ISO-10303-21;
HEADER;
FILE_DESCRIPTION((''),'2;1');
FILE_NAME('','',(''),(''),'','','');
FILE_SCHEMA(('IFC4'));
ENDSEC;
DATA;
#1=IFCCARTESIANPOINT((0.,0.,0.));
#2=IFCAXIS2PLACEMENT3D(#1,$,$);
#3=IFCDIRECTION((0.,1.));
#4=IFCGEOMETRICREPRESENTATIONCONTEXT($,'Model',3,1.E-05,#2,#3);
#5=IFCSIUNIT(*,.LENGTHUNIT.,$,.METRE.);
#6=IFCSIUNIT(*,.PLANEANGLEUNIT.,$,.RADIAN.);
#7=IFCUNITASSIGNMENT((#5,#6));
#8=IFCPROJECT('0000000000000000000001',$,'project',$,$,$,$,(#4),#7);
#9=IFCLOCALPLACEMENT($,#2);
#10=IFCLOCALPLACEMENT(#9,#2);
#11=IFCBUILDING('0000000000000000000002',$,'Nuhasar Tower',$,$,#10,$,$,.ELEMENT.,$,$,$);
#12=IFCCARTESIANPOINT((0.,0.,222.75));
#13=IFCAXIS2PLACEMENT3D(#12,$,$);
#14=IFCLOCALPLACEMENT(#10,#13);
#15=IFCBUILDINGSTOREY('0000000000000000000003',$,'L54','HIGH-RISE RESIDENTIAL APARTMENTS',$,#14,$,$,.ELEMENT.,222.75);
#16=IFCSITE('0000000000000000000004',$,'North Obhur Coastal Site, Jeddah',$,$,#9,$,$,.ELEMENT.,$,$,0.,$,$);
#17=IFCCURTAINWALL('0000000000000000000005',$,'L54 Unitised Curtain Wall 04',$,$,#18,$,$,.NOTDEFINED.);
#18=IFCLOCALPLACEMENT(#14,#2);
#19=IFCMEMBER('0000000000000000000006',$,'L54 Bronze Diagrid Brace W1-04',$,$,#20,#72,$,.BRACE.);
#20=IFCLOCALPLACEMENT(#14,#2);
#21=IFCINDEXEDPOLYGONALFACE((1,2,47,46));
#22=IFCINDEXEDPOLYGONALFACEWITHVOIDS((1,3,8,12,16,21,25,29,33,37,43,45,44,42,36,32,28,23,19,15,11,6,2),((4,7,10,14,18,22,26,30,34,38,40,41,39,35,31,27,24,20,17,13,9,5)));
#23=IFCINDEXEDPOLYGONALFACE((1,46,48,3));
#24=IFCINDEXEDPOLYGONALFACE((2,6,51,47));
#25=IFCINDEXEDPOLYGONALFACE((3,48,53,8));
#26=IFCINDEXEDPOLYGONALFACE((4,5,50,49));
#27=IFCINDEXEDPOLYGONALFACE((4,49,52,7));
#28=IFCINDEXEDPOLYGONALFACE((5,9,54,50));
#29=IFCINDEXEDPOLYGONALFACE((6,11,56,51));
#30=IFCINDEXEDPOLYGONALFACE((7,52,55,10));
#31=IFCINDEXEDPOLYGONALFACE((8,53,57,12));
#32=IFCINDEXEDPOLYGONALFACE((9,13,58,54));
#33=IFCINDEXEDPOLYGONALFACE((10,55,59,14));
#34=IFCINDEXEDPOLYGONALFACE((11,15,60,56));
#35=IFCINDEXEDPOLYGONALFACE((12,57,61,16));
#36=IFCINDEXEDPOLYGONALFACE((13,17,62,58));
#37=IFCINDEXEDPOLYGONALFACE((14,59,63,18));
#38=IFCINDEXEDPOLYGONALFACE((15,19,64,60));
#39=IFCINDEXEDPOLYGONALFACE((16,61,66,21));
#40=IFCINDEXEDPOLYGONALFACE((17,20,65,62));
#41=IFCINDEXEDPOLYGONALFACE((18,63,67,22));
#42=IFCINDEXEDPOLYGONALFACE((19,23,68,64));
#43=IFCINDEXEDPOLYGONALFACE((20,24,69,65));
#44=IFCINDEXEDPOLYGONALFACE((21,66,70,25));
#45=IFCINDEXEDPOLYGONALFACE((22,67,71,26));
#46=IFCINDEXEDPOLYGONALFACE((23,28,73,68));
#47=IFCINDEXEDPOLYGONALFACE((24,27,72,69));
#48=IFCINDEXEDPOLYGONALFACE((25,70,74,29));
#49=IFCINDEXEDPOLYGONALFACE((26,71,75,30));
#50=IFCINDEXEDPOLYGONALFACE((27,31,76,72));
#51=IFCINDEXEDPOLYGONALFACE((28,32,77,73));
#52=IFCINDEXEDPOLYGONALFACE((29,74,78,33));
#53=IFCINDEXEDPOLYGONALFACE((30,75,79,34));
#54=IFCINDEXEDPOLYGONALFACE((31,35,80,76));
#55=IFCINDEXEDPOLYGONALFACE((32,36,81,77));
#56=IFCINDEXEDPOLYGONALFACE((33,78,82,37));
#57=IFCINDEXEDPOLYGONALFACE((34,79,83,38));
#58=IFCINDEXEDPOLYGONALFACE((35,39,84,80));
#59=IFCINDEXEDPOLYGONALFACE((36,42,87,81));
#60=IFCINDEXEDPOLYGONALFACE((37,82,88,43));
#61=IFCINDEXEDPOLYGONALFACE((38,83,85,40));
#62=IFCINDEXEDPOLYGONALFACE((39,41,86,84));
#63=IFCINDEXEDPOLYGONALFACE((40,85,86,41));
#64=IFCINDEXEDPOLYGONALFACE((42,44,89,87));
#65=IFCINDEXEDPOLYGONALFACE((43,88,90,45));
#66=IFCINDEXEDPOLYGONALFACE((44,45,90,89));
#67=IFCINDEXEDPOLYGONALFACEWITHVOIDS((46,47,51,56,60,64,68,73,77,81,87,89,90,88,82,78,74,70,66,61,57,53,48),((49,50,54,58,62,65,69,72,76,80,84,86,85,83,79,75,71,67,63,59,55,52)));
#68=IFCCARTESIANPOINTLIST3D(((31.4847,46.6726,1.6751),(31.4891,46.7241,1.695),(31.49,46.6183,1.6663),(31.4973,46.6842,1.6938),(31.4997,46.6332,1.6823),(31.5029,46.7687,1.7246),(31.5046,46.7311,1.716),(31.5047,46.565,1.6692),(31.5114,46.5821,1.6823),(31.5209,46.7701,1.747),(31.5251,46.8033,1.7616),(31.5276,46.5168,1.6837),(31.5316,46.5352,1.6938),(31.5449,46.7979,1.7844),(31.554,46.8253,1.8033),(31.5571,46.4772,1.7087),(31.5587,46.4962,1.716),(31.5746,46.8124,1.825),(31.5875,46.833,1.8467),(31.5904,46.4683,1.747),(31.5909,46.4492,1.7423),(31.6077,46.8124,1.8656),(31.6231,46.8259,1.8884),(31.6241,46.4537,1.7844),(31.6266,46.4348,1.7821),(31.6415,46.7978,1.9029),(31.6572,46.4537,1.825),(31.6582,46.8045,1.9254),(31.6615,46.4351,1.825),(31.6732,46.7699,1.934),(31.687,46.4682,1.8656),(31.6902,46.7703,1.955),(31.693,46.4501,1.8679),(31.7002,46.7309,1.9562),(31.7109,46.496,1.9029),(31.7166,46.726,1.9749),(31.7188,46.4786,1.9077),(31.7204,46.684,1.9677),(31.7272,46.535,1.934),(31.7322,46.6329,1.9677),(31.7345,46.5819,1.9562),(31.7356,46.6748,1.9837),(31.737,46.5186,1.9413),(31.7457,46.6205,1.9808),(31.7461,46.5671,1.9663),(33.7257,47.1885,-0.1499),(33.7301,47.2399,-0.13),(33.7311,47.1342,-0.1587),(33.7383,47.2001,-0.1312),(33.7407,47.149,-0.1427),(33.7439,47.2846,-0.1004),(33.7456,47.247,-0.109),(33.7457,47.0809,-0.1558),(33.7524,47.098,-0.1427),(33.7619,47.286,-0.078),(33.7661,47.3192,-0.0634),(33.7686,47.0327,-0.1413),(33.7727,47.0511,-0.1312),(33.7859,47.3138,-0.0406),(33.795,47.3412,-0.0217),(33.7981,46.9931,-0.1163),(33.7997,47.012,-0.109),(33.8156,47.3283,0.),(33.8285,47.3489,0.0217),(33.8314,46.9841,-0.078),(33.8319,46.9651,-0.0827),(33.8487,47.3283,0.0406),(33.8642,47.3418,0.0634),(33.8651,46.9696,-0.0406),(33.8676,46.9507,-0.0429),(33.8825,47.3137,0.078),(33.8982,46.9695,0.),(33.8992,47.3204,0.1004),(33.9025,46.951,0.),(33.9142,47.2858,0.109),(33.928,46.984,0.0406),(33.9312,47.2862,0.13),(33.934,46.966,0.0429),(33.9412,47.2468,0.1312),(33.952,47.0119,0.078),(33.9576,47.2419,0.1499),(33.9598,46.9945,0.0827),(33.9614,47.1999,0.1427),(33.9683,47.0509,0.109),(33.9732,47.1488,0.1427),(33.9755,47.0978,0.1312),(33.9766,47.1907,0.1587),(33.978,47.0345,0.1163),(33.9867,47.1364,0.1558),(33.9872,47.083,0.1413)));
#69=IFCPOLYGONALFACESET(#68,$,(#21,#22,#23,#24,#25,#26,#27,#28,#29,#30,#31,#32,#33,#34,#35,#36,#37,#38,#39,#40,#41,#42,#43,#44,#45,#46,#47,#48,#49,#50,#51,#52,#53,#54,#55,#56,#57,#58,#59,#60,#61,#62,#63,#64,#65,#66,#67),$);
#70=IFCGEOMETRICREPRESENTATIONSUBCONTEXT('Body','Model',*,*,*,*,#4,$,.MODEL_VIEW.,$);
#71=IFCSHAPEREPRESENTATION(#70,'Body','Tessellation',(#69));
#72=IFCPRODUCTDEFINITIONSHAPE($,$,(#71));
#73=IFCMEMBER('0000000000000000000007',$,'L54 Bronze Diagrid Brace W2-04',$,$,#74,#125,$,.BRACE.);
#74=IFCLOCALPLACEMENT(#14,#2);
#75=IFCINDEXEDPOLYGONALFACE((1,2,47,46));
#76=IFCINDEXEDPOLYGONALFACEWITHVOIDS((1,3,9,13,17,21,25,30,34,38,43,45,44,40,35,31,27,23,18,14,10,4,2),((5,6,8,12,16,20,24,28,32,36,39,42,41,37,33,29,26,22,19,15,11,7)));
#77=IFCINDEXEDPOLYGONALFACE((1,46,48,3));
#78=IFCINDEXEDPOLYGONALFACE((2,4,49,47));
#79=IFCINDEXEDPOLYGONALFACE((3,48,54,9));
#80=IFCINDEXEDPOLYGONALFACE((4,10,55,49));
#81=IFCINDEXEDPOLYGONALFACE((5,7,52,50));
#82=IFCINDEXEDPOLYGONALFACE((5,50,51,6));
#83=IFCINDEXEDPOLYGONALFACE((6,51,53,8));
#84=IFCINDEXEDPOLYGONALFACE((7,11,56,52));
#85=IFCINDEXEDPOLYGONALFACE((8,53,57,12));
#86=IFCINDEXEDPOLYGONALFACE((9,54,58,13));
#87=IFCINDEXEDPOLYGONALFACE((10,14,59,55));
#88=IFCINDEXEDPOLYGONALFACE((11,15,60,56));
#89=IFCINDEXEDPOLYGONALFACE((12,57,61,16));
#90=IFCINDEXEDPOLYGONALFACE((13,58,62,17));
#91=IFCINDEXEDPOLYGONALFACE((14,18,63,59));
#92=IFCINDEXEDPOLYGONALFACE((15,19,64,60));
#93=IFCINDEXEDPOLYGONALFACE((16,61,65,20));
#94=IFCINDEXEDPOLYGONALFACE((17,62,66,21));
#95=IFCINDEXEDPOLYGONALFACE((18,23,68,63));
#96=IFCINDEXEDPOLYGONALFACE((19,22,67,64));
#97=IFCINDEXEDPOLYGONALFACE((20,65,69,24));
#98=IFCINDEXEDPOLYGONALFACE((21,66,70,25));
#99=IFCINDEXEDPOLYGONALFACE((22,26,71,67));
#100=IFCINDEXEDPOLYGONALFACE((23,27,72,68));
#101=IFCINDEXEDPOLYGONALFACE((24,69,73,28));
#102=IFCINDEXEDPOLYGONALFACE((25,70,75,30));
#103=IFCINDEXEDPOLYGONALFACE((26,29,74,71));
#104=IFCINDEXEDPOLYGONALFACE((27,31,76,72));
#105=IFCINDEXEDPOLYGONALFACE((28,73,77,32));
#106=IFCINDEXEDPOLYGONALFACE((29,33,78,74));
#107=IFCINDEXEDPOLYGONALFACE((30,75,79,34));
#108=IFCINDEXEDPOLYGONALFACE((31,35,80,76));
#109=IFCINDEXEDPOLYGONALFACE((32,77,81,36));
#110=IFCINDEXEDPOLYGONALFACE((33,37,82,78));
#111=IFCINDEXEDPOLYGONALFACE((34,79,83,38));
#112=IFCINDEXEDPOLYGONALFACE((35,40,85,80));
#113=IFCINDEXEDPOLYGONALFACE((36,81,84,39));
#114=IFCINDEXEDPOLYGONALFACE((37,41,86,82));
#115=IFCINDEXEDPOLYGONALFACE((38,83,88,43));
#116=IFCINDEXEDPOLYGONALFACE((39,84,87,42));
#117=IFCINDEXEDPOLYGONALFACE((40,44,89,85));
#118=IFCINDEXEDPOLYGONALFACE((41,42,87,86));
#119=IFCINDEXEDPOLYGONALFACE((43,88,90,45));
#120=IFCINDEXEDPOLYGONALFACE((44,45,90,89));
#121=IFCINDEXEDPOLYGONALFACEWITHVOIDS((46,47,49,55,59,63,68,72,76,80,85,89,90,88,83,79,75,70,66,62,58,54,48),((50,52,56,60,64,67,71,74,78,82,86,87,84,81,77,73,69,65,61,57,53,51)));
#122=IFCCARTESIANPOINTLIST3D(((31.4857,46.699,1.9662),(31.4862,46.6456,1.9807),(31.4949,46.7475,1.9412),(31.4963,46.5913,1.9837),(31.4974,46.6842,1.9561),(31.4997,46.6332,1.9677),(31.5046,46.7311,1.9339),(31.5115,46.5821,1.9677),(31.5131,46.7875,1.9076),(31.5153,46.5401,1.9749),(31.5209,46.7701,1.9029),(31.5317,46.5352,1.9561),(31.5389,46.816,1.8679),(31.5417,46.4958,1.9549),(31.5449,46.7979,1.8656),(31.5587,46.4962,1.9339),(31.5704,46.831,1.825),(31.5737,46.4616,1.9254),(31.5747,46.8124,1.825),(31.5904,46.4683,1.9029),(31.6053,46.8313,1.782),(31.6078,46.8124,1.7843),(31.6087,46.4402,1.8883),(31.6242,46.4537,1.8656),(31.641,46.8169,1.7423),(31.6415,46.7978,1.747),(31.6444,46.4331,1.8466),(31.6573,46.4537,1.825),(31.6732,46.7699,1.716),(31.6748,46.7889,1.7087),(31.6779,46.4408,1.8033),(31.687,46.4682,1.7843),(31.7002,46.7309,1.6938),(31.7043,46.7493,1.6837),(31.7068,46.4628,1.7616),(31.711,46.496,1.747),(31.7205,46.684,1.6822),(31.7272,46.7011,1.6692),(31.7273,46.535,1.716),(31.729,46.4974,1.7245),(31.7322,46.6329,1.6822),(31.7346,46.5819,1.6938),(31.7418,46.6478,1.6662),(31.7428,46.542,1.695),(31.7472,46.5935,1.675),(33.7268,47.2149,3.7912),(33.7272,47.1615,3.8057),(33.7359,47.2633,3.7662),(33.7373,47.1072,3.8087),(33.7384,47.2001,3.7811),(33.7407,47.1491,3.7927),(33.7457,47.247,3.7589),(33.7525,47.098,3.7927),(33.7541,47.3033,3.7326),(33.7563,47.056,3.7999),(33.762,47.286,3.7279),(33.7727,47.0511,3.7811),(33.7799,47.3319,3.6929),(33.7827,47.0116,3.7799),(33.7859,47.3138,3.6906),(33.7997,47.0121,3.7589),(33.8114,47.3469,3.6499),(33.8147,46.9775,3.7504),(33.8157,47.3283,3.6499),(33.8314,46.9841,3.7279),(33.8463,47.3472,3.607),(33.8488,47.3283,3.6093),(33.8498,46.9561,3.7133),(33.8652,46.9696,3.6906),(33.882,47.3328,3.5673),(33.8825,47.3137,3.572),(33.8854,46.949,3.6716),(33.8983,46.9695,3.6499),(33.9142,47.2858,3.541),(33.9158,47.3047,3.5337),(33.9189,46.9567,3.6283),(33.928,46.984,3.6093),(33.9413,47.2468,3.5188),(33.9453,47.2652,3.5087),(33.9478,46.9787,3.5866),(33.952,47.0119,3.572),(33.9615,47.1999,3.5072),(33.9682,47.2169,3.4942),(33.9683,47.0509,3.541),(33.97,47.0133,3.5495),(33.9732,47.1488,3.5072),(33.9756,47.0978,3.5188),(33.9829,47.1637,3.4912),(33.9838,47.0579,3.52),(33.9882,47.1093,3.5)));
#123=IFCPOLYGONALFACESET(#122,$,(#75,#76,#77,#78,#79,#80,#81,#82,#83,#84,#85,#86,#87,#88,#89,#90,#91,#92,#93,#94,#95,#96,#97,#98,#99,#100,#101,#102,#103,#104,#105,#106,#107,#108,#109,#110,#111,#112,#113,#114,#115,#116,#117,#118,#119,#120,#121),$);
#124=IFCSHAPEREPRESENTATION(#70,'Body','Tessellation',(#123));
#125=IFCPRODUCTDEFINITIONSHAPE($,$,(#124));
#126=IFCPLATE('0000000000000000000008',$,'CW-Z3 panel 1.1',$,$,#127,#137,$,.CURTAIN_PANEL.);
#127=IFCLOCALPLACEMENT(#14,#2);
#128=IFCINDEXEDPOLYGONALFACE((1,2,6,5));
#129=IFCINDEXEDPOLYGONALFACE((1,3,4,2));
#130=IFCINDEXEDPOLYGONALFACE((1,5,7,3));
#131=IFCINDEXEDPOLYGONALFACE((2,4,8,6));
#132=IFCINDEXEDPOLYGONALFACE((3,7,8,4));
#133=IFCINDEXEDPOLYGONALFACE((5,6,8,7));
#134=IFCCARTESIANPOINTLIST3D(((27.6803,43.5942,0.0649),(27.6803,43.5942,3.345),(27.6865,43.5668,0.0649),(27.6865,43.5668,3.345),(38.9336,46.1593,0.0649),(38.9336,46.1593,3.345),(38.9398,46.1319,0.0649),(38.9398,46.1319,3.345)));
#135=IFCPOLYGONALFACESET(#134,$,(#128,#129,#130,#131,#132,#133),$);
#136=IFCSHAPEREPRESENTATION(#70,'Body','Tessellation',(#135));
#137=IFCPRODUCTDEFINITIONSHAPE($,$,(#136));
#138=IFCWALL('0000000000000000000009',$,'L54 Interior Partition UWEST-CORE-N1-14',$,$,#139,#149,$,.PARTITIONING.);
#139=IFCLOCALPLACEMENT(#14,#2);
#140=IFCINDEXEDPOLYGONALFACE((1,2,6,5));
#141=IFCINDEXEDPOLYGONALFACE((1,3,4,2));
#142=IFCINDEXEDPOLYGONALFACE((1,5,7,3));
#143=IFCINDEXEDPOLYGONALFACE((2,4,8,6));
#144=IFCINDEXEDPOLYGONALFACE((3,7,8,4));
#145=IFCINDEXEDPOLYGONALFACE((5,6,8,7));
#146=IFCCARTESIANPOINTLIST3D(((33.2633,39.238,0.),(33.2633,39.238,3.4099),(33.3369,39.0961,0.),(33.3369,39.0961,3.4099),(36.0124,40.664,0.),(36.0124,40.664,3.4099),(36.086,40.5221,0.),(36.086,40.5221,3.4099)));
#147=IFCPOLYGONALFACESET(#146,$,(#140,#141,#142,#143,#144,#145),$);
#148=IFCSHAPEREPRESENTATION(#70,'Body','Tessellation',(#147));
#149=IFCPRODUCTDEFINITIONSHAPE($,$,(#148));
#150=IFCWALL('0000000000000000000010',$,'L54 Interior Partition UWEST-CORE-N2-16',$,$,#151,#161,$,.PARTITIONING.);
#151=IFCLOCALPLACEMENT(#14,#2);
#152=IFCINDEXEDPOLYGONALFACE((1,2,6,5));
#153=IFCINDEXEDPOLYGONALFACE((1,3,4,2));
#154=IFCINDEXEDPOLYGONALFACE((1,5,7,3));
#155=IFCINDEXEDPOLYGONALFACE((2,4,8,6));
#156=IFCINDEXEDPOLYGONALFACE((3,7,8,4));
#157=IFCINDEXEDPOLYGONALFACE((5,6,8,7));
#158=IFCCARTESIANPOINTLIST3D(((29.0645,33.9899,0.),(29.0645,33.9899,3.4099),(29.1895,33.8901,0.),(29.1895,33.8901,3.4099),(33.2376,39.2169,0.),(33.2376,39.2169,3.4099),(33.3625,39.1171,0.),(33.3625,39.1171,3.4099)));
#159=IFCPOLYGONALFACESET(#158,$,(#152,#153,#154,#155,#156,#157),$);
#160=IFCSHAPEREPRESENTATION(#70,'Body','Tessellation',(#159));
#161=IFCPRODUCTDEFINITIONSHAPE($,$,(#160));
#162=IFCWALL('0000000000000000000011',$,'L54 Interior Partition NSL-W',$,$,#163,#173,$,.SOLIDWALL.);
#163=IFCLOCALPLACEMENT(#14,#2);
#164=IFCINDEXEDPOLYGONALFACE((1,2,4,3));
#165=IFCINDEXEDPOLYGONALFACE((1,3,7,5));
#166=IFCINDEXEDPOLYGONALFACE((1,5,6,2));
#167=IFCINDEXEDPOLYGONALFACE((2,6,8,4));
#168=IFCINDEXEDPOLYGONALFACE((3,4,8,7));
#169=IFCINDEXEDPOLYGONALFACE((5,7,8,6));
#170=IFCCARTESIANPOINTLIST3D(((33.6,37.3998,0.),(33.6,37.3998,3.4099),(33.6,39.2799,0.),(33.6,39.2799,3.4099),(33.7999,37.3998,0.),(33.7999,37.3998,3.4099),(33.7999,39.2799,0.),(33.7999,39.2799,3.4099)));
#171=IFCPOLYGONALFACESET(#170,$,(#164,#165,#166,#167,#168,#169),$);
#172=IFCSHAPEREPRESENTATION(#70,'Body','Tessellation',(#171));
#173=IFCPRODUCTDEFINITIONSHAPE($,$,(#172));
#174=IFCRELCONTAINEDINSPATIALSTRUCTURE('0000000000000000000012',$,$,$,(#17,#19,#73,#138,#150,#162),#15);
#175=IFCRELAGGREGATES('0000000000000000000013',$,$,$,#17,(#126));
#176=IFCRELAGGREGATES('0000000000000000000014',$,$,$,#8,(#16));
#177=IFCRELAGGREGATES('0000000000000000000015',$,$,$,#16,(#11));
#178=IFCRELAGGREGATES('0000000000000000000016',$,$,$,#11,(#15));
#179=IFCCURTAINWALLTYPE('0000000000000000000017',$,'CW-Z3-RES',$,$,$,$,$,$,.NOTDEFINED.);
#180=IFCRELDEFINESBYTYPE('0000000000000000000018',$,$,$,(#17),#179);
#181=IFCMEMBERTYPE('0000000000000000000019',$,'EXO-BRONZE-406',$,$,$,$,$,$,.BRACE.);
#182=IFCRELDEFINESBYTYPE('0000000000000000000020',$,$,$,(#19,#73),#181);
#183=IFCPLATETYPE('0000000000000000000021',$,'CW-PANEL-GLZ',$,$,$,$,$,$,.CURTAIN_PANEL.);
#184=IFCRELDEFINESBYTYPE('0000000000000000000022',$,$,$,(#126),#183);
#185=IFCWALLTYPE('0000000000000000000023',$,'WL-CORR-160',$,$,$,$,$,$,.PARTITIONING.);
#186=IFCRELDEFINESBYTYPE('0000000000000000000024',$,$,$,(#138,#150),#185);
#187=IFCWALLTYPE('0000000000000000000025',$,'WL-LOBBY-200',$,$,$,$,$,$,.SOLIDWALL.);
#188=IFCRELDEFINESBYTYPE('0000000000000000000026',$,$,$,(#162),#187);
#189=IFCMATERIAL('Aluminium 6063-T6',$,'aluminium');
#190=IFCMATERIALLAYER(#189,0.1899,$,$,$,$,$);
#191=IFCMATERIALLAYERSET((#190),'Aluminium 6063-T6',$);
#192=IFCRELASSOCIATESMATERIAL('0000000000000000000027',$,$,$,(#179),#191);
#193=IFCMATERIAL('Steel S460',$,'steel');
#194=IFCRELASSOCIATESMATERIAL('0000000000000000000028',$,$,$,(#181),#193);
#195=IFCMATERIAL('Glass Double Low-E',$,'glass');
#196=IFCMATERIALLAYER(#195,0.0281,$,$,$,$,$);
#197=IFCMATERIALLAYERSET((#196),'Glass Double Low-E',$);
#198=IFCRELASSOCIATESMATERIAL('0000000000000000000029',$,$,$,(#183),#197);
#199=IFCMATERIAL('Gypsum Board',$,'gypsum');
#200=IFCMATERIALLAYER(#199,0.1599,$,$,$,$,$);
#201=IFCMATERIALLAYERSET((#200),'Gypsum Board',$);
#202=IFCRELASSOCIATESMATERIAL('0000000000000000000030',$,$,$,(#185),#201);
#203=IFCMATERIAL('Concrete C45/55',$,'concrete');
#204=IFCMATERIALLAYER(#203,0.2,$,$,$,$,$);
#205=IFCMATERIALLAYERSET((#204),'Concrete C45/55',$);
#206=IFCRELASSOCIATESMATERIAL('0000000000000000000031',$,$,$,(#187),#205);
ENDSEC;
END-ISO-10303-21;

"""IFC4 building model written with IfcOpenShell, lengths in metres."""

from ifc_helpers import new_model, si_unit, direction, frame, frame_2d, origin, origin_2d, place, context, subcontext, project, spatial, rectangle, hollow_circle, extrude, material, layer, layer_set, material_profile, profile_set, type_object, element, aggregate, save


model = new_model("IFC4")

# Units and contexts
model_context = context("Model", 3, precision=1e-05, world=origin(), true_north=direction((0.0, 1.0)))
body_context = subcontext(model_context, "Body", "Model", "MODEL_VIEW")
ifc_project = project(units=[si_unit("LENGTHUNIT", "METRE"), si_unit("PLANEANGLEUNIT", "RADIAN")], contexts=[model_context])

# Site, building, storey
site_placement = place(None, origin())
site = spatial("IfcSite", under=ifc_project, at=site_placement, Name="North Obhur Coastal Site, Jeddah", CompositionType="ELEMENT", RefElevation=0.0)
building_placement = place(site_placement, origin())
building = spatial("IfcBuilding", under=site, at=building_placement, Name="Nuhasar Tower", CompositionType="ELEMENT")
storey_placement = place(building_placement, frame((0.0, 0.0, 222.75)))
storey = spatial("IfcBuildingStorey", under=building, at=storey_placement, Name="L54", Description="HIGH-RISE RESIDENTIAL APARTMENTS", CompositionType="ELEMENT", Elevation=222.75)

# Curtain wall
ifc_material_1 = material(Name="Aluminium 6063-T6", Category="aluminium")
ifc_layer_1 = layer(ifc_material_1, 0.1899)
ifc_layer_set_1 = layer_set([ifc_layer_1], Name="Aluminium 6063-T6")
curtain_wall_type = type_object("IfcCurtainWallType", Name="CW-Z3-RES", PredefinedType="NOTDEFINED", material=ifc_layer_set_1)
curtain_wall_placement = place(storey_placement, origin())
curtain_wall = element("IfcCurtainWall", 1, at=curtain_wall_placement, inside=storey, type_object=curtain_wall_type, Name="L54 Unitised Curtain Wall 04", PredefinedType="NOTDEFINED")

# Members
ifc_material_2 = material(Name="Steel S460", Category="steel")
ifc_material_profile_1 = material_profile(ifc_material_2, hollow_circle(Radius=0.2031, WallThickness=0.019, at=origin_2d()), Name="HSS406.4X19.1")
ifc_profile_set_1 = profile_set([ifc_material_profile_1], Name="Steel S460")
member_type_1 = type_object("IfcMemberType", Name="EXO-BRONZE-406", PredefinedType="BRACE", material=ifc_profile_set_1)
for number, where, z_axis, x_axis, name in (
    (2, (33.8569, 47.1489, 0.0), (-0.763343, -0.175721, 0.621635), (0.224332, -0.974513, 0.0), "L54 Bronze Diagrid Brace W1-04"),
    (3, (31.616, 46.6331, 1.825), (0.763343, 0.175721, 0.621635), (-0.224332, 0.974513, 0.0), "L54 Bronze Diagrid Brace W2-04"),
):
    element("IfcMember", number, at=place(storey_placement, frame(where, z_axis=z_axis, x_axis=x_axis)), inside=storey, type_object=member_type_1, Name=name, PredefinedType="BRACE", context=body_context, shape_type="SweptSolid", body=[
        extrude(hollow_circle(Radius=0.2031, WallThickness=0.019, at=origin_2d()), origin(), (0.0, 0.0, 1.0), 2.9358),
    ])

# Plate
ifc_material_3 = material(Name="Glass Double Low-E", Category="glass")
ifc_layer_2 = layer(ifc_material_3, 0.0281)
ifc_layer_set_2 = layer_set([ifc_layer_2], Name="Glass Double Low-E")
plate_type = type_object("IfcPlateType", Name="CW-PANEL-GLZ", PredefinedType="CURTAIN_PANEL", material=ifc_layer_set_2)
plate_placement = place(storey_placement, frame((33.3101, 44.863, 0.0649), z_axis=(0.0, 0.0, 1.0), x_axis=(-0.974991, -0.222243, 0.0)))
plate = element("IfcPlate", 4, at=plate_placement, type_object=plate_type, Name="CW-Z3 panel 1.1", PredefinedType="CURTAIN_PANEL", context=body_context, shape_type="SweptSolid", body=[
    extrude(rectangle(XDim=11.542, YDim=0.0281, at=origin_2d()), origin(), (0.0, 0.0, 1.0), 3.28),
])
aggregate(curtain_wall, [plate])

# Walls
ifc_material_4 = material(Name="Gypsum Board", Category="gypsum")
ifc_layer_3 = layer(ifc_material_4, 0.1599)
ifc_layer_set_3 = layer_set([ifc_layer_3], Name="Gypsum Board")
wall_type_1 = type_object("IfcWallType", Name="WL-CORR-160", PredefinedType="PARTITIONING", material=ifc_layer_set_3)
wall_1_placement = place(storey_placement, frame((36.0491, 40.593, 0.0), z_axis=(0.0, 0.0, 1.0), x_axis=(-0.887675, -0.460471, 0.0)))
element("IfcWall", 5, at=wall_1_placement, inside=storey, type_object=wall_type_1, Name="L54 Interior Partition UWEST-CORE-N1-14", PredefinedType="PARTITIONING", context=body_context, shape_type="SweptSolid", body=[
    extrude(rectangle(XDim=3.0969, YDim=0.1599, at=frame_2d((1.5483, 0.0))), origin(), (0.0, 0.0, 1.0), 3.4099),
])
wall_2_placement = place(storey_placement, frame((33.3, 39.167, 0.0), z_axis=(0.0, 0.0, 1.0), x_axis=(-0.623916, -0.781492, 0.0)))
element("IfcWall", 6, at=wall_2_placement, inside=storey, type_object=wall_type_1, Name="L54 Interior Partition UWEST-CORE-N2-16", PredefinedType="PARTITIONING", context=body_context, shape_type="SweptSolid", body=[
    extrude(rectangle(XDim=6.6885, YDim=0.1599, at=frame_2d((3.3442, 0.0))), origin(), (0.0, 0.0, 1.0), 3.4099),
])
ifc_material_5 = material(Name="Concrete C45/55", Category="concrete")
ifc_layer_4 = layer(ifc_material_5, 0.2)
ifc_layer_set_4 = layer_set([ifc_layer_4], Name="Concrete C45/55")
wall_type_2 = type_object("IfcWallType", Name="WL-LOBBY-200", PredefinedType="SOLIDWALL", material=ifc_layer_set_4)
wall_3_placement = place(storey_placement, frame((33.7, 37.3999, 0.0), z_axis=(0.0, 0.0, 1.0), x_axis=(0.0, 1.0, 0.0)))
element("IfcWall", 7, at=wall_3_placement, inside=storey, type_object=wall_type_2, Name="L54 Interior Partition NSL-W", PredefinedType="SOLIDWALL", context=body_context, shape_type="SweptSolid", body=[
    extrude(rectangle(XDim=1.8801, YDim=0.2, at=frame_2d((0.9399, 0.0))), origin(), (0.0, 0.0, 1.0), 3.4099),
])

save(model, "model.ifc")
